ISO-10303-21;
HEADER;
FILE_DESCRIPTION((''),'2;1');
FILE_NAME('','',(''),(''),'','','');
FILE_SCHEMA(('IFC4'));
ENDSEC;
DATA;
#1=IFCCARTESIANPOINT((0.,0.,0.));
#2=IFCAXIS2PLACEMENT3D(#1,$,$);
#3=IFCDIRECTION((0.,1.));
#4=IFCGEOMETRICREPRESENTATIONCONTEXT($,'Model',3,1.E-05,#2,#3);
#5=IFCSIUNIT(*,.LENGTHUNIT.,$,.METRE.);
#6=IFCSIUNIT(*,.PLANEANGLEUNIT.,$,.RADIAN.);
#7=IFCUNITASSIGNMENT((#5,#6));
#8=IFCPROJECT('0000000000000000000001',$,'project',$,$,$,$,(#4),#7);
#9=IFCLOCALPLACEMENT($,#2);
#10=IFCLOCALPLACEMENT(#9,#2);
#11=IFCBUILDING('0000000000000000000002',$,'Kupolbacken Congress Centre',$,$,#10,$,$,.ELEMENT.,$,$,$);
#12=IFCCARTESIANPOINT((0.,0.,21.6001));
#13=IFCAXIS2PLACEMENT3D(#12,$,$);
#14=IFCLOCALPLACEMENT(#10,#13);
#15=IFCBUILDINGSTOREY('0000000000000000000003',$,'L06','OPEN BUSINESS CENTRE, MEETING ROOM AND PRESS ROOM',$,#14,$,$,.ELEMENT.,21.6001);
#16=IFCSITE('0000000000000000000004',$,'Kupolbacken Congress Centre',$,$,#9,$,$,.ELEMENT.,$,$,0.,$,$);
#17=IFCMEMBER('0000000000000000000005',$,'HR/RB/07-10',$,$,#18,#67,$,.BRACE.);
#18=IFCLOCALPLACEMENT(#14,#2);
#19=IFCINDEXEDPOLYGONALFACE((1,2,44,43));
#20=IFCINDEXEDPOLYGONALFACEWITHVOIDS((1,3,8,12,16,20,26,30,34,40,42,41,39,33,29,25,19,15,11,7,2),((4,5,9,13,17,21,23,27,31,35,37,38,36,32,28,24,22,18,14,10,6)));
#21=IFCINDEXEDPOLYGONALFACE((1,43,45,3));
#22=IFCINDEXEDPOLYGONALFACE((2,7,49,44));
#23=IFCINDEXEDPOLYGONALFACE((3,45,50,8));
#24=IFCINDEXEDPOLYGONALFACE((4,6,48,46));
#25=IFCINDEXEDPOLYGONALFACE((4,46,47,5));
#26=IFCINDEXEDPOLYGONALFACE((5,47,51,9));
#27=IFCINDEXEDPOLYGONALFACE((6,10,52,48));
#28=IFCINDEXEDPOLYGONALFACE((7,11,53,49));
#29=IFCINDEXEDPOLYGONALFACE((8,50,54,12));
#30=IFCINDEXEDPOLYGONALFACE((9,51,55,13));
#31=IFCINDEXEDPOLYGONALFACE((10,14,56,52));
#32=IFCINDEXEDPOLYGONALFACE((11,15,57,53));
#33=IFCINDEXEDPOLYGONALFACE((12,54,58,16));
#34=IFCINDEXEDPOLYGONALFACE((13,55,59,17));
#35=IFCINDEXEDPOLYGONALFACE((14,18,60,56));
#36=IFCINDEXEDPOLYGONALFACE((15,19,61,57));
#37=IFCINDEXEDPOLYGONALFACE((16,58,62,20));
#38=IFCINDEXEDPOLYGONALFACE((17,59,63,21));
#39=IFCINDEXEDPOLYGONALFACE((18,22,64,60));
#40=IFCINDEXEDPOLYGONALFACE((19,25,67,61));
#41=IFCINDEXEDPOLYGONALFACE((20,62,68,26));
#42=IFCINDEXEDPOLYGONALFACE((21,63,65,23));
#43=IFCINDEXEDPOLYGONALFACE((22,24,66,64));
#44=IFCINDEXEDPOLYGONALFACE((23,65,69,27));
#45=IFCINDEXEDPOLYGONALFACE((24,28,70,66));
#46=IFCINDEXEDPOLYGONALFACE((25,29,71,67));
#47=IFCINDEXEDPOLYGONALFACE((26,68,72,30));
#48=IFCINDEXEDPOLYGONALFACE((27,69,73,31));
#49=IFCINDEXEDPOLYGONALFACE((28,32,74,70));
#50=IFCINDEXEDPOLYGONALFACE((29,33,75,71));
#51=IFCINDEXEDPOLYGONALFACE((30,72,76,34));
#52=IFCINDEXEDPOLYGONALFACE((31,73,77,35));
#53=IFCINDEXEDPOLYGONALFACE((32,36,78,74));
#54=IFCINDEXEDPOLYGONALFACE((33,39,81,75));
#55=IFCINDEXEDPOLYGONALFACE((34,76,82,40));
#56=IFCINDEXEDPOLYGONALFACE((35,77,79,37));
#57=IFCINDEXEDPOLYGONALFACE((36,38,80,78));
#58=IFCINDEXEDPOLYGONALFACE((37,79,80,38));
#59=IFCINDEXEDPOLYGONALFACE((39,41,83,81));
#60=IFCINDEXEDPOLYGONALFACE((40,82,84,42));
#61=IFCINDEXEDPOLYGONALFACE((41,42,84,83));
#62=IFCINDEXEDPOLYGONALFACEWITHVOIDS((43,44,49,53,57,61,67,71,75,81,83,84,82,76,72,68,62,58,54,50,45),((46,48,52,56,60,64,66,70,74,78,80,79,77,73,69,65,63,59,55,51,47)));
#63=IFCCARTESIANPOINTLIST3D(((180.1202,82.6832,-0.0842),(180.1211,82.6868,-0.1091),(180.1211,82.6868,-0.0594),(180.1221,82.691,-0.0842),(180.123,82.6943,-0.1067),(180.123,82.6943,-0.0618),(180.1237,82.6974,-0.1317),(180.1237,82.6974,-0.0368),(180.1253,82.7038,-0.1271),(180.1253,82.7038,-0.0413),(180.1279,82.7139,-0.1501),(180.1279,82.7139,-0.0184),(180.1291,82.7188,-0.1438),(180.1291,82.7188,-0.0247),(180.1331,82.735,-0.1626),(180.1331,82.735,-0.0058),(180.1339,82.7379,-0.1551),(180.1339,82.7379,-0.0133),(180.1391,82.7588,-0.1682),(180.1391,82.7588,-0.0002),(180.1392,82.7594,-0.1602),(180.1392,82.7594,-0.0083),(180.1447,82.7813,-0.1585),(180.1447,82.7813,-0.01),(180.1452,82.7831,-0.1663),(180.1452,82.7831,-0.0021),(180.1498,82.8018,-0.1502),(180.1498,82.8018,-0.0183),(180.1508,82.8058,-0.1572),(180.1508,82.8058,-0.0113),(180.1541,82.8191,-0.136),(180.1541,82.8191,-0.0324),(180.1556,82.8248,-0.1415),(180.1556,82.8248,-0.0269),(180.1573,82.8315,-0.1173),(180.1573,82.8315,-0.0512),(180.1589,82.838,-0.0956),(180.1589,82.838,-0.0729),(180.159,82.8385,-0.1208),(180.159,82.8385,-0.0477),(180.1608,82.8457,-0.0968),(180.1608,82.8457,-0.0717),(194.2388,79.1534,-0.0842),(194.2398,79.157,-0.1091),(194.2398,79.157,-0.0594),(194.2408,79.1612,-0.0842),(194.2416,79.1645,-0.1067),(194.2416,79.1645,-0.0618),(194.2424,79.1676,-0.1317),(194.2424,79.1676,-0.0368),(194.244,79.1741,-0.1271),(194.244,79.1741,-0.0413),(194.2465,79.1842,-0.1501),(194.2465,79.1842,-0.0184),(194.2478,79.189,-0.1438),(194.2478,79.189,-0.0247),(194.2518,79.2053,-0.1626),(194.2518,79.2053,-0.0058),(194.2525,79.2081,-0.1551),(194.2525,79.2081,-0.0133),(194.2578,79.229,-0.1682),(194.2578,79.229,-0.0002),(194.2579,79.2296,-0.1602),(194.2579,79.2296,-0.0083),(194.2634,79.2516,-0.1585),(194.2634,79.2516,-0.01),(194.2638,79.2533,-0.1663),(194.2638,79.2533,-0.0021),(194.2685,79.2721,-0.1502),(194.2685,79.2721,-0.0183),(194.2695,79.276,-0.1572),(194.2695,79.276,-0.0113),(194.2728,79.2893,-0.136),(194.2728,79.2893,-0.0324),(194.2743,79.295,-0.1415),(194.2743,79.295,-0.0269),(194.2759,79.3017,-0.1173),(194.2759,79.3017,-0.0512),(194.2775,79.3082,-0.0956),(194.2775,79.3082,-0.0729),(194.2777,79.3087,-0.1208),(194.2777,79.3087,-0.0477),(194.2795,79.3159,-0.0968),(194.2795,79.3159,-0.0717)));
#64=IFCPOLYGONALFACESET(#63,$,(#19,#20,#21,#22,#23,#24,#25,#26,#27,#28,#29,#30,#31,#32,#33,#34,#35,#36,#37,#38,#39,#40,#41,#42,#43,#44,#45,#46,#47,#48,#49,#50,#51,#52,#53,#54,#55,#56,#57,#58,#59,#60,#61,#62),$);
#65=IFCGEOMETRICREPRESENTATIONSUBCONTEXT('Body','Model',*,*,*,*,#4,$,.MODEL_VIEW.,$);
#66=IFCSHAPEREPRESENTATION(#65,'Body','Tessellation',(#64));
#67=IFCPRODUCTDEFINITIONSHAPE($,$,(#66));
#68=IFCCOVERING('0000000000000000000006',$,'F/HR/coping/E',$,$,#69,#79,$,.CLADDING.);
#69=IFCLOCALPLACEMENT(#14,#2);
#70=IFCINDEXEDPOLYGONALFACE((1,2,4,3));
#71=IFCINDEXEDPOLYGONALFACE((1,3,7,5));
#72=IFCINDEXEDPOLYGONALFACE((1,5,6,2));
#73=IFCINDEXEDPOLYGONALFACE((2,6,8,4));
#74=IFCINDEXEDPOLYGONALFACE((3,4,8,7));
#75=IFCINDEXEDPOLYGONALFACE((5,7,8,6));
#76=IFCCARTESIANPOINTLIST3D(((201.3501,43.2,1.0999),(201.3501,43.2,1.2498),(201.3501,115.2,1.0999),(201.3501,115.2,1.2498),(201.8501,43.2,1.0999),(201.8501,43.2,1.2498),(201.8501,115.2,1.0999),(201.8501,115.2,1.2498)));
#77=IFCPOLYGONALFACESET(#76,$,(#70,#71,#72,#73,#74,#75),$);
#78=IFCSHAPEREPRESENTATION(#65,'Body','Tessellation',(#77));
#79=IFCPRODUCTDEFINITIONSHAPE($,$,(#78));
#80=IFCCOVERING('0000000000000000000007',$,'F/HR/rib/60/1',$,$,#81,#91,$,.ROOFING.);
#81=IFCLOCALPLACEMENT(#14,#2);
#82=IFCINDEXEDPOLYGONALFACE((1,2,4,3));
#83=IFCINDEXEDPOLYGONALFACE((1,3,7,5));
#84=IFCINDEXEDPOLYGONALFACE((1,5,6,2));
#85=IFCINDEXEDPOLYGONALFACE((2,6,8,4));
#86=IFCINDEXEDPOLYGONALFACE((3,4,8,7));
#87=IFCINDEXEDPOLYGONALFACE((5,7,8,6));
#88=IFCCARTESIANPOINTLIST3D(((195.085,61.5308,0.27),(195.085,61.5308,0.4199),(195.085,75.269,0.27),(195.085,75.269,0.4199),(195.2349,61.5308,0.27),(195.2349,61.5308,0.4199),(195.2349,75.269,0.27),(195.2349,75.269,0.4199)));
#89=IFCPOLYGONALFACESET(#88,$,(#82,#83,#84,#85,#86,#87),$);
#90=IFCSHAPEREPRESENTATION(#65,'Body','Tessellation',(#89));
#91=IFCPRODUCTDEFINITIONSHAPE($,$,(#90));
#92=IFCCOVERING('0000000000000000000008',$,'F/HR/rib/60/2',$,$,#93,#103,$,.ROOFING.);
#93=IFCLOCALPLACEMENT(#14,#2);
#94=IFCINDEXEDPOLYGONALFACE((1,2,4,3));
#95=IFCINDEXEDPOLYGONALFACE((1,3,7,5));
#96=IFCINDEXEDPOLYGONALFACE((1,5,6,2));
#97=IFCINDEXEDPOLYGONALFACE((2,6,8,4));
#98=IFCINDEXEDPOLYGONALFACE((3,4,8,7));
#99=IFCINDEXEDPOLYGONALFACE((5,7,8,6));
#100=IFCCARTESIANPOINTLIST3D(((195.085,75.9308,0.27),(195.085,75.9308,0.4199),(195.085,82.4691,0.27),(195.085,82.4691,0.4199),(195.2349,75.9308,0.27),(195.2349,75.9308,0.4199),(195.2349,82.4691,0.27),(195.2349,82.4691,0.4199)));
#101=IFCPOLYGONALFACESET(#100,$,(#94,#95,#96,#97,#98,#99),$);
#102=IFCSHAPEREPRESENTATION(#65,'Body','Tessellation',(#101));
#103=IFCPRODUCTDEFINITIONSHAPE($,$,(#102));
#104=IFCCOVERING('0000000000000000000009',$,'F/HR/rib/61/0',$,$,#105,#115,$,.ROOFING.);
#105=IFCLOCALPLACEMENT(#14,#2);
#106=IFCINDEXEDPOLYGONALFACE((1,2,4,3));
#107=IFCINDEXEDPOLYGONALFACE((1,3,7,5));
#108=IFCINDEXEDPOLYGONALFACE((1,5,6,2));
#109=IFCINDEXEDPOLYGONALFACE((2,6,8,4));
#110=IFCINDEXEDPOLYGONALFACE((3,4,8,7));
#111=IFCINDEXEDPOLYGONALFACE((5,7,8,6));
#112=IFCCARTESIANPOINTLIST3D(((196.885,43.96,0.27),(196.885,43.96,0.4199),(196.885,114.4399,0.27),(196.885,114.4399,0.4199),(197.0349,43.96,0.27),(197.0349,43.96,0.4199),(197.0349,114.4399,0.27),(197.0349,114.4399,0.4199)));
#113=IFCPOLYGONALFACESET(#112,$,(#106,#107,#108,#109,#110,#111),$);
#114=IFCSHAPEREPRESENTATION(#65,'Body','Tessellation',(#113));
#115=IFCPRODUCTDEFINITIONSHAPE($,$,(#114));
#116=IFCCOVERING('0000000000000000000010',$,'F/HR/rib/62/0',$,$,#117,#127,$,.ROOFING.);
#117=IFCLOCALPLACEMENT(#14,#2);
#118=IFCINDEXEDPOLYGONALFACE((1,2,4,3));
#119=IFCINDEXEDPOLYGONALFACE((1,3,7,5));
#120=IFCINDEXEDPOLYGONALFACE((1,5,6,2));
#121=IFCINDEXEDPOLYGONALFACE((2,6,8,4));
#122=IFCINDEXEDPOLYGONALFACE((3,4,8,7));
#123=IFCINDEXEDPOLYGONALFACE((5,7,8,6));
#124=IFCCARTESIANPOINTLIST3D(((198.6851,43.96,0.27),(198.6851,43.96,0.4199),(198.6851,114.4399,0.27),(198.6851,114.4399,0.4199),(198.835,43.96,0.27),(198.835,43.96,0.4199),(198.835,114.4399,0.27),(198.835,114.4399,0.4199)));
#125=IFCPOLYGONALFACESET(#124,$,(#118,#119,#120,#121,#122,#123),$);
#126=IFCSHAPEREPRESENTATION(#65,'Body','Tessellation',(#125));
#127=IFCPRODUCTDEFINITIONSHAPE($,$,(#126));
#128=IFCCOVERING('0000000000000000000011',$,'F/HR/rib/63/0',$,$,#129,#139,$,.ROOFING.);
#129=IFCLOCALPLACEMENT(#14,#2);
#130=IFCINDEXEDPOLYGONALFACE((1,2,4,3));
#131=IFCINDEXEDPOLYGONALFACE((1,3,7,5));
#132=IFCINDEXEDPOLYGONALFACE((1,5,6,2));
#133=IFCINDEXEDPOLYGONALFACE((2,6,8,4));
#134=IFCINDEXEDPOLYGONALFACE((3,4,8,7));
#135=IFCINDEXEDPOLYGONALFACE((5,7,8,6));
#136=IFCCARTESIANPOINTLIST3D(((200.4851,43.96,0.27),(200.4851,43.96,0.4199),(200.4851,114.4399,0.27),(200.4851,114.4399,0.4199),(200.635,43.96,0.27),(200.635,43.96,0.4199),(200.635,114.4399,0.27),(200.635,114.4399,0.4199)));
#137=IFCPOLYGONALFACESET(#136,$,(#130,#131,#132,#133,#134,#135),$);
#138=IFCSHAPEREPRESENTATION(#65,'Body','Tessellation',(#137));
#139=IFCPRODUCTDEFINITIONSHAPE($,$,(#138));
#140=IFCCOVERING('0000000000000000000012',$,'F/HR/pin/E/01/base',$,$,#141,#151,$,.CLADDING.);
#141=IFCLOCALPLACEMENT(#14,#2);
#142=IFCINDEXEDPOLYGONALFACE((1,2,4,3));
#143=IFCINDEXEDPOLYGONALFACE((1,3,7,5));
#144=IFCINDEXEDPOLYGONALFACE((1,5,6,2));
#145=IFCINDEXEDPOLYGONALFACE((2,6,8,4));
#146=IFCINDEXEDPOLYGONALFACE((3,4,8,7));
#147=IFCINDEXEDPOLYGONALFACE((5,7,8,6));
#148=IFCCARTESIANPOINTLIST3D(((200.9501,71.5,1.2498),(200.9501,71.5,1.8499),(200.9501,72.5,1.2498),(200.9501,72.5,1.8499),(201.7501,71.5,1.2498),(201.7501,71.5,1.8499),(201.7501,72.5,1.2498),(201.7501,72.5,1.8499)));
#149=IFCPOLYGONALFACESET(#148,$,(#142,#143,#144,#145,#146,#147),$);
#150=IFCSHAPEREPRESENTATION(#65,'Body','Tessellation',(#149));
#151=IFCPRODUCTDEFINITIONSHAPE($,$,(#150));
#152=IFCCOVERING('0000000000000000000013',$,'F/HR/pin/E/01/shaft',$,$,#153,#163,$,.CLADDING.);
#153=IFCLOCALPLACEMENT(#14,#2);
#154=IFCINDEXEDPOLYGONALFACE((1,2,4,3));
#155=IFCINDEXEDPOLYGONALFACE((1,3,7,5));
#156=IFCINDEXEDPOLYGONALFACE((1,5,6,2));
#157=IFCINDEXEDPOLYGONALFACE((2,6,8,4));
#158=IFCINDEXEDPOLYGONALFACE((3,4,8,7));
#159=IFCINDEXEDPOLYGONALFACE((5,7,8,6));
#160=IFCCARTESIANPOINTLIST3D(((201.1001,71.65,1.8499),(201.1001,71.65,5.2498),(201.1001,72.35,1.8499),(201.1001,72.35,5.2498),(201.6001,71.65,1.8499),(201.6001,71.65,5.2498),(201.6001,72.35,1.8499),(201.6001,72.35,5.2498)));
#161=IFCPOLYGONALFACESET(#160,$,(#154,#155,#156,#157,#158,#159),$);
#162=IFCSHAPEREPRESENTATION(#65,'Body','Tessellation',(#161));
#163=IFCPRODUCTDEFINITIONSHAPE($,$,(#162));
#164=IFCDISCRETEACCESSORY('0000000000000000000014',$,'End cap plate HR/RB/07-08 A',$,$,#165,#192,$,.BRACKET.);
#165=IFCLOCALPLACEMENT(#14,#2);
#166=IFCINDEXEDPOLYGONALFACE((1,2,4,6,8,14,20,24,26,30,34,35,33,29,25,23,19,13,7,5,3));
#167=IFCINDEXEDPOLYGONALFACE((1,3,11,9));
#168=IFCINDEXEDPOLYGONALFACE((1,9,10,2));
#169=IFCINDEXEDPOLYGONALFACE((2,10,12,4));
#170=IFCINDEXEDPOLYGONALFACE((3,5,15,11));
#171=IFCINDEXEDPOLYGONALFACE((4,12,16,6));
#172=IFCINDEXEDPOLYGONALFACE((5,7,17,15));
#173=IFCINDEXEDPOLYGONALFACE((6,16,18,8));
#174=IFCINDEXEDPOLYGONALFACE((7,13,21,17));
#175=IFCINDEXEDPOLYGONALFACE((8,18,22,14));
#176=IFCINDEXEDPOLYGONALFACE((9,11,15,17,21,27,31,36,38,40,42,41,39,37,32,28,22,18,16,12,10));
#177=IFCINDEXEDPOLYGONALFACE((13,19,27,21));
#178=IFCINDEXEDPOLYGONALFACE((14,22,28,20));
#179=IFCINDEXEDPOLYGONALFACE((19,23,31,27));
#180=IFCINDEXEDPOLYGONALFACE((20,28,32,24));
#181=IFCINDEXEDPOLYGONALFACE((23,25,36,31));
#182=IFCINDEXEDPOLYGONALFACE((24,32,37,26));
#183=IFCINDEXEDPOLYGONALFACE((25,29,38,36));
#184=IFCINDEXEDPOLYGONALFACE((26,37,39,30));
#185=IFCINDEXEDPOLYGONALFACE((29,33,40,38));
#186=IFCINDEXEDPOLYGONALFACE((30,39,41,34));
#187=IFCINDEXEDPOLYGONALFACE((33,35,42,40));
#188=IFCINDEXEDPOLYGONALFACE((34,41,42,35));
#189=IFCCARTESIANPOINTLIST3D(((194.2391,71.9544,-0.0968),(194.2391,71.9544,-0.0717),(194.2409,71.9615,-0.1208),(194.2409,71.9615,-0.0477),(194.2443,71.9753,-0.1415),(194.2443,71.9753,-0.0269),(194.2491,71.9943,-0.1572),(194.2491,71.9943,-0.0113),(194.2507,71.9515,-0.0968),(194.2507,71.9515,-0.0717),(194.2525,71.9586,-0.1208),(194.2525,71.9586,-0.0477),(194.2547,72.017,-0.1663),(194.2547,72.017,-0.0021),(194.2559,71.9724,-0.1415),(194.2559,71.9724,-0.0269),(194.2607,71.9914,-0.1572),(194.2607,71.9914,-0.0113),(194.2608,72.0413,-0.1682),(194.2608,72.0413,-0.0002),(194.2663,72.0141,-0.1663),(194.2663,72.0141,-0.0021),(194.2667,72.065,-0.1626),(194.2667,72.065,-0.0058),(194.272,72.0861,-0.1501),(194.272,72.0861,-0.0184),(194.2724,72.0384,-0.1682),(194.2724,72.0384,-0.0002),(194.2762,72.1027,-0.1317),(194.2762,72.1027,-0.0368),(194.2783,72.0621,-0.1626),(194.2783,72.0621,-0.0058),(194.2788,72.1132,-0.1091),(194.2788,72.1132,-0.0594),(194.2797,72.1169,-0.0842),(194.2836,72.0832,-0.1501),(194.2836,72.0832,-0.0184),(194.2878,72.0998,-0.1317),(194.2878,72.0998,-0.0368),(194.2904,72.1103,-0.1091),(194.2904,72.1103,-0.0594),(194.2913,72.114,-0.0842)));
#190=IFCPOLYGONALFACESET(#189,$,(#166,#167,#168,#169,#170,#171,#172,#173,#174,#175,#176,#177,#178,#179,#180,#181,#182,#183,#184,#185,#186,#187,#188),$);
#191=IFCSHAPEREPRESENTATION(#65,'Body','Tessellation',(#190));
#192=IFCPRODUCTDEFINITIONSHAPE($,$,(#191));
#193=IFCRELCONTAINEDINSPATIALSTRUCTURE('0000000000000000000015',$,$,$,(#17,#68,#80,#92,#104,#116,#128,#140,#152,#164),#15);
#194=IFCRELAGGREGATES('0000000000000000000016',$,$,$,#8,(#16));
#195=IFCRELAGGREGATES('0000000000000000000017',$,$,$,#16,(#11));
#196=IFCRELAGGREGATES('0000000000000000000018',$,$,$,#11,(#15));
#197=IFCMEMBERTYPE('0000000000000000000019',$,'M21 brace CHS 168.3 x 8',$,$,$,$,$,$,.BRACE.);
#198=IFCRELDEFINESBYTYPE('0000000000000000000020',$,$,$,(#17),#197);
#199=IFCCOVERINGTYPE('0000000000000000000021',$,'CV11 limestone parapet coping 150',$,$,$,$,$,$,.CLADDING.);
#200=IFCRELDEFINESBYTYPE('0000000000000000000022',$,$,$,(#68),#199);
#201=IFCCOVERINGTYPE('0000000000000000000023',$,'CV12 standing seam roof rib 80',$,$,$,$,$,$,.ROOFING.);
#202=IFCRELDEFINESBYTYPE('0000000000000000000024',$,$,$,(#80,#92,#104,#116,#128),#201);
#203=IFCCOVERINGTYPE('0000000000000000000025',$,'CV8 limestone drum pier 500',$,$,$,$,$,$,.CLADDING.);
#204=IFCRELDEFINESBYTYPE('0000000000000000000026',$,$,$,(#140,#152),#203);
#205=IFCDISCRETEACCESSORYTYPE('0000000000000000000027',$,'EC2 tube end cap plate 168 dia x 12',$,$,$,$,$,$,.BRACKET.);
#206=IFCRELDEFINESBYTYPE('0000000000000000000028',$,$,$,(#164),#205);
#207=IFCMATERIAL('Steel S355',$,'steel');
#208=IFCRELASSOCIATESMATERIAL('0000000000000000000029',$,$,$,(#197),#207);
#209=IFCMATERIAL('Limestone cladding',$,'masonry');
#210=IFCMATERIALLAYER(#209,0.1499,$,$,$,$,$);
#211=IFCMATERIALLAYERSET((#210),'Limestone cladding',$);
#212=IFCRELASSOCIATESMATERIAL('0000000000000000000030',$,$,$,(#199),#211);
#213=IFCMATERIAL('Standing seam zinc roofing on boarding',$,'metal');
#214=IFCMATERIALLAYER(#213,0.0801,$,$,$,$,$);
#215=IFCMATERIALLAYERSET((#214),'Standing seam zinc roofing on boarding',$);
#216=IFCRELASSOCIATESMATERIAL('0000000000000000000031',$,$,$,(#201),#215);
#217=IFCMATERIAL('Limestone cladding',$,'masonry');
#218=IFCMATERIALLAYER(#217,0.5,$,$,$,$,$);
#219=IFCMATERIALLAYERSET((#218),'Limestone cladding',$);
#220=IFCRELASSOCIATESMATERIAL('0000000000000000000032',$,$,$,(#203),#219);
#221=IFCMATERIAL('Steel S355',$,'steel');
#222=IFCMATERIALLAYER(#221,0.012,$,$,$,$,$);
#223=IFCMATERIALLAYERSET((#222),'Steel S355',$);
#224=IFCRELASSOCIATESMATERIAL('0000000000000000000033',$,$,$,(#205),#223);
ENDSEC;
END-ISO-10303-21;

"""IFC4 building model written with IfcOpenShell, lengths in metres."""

from ifc_helpers import new_model, si_unit, direction, frame, origin, origin_2d, place, context, subcontext, project, spatial, rectangle, circle, hollow_circle, extrude, material, layer, layer_set, material_profile, profile_set, type_object, element, save


model = new_model("IFC4")

# Units and contexts
model_context = context("Model", 3, precision=1e-05, world=origin(), true_north=direction((0.0, 1.0)))
body_context = subcontext(model_context, "Body", "Model", "MODEL_VIEW")
ifc_project = project(units=[si_unit("LENGTHUNIT", "METRE"), si_unit("PLANEANGLEUNIT", "RADIAN")], contexts=[model_context])

# Site, building, storey
site_placement = place(None, origin())
site = spatial("IfcSite", under=ifc_project, at=site_placement, Name="Kupolbacken Congress Centre", CompositionType="ELEMENT", RefElevation=0.0)
building_placement = place(site_placement, origin())
building = spatial("IfcBuilding", under=site, at=building_placement, Name="Kupolbacken Congress Centre", CompositionType="ELEMENT")
storey_placement = place(building_placement, frame((0.0, 0.0, 21.6001)))
storey = spatial("IfcBuildingStorey", under=building, at=storey_placement, Name="L06", Description="OPEN BUSINESS CENTRE, MEETING ROOM AND PRESS ROOM", CompositionType="ELEMENT", Elevation=21.6001)

# Member
ifc_material_1 = material(Name="Steel S355", Category="steel")
ifc_material_profile_1 = material_profile(ifc_material_1, hollow_circle(Radius=0.0842, WallThickness=0.0081, at=origin_2d()), Name="CHS 168.3 x 8")
ifc_profile_set_1 = profile_set([ifc_material_profile_1], Name="Steel S355")
member_type_1 = type_object("IfcMemberType", Name="M21 brace CHS 168.3 x 8", PredefinedType="BRACE", material=ifc_profile_set_1)
for number, where, z_axis, x_axis, name in (
    (1, (194.2593, 79.2351, -0.0842), (-0.970141, 0.242544, 0.0), (-0.242544, -0.970141, 0.0), "HR/RB/07-10"),
):
    element("IfcMember", number, at=place(storey_placement, frame(where, z_axis=z_axis, x_axis=x_axis)), inside=storey, type_object=member_type_1, Name=name, PredefinedType="BRACE", context=body_context, shape_type="SweptSolid", body=[
        extrude(hollow_circle(Radius=0.0842, WallThickness=0.0081, at=origin_2d()), origin(), (0.0, 0.0, 1.0), 14.5532),
    ])

# Coverings
ifc_material_2 = material(Name="Limestone cladding", Category="masonry")
ifc_layer_1 = layer(ifc_material_2, 0.1499)
ifc_layer_set_1 = layer_set([ifc_layer_1], Name="Limestone cladding")
covering_type_1 = type_object("IfcCoveringType", Name="CV11 limestone parapet coping 150", PredefinedType="CLADDING", material=ifc_layer_set_1)
covering_1_placement = place(storey_placement, frame((201.6001, 79.2, 1.0999), z_axis=(0.0, 0.0, 1.0), x_axis=(0.0, 1.0, 0.0)))
element("IfcCovering", 2, at=covering_1_placement, inside=storey, type_object=covering_type_1, Name="F/HR/coping/E", PredefinedType="CLADDING", context=body_context, shape_type="SweptSolid", body=[
    extrude(rectangle(XDim=72.0, YDim=0.5, at=origin_2d()), origin(), (0.0, 0.0, 1.0), 0.1499),
])
ifc_material_3 = material(Name="Standing seam zinc roofing on boarding", Category="metal")
ifc_layer_2 = layer(ifc_material_3, 0.0801)
ifc_layer_set_2 = layer_set([ifc_layer_2], Name="Standing seam zinc roofing on boarding")
covering_type_2 = type_object("IfcCoveringType", Name="CV12 standing seam roof rib 80", PredefinedType="ROOFING", material=ifc_layer_set_2)
covering_2_placement = place(storey_placement, frame((195.1599, 68.3999, 0.27), z_axis=(0.0, 0.0, 1.0), x_axis=(0.0, 1.0, 0.0)))
element("IfcCovering", 3, at=covering_2_placement, inside=storey, type_object=covering_type_2, Name="F/HR/rib/60/1", PredefinedType="ROOFING", context=body_context, shape_type="SweptSolid", body=[
    extrude(rectangle(XDim=13.7383, YDim=0.1499, at=origin_2d()), origin(), (0.0, 0.0, 1.0), 0.1499),
])
covering_3_placement = place(storey_placement, frame((195.1599, 79.2, 0.27), z_axis=(0.0, 0.0, 1.0), x_axis=(0.0, 1.0, 0.0)))
element("IfcCovering", 4, at=covering_3_placement, inside=storey, type_object=covering_type_2, Name="F/HR/rib/60/2", PredefinedType="ROOFING", context=body_context, shape_type="SweptSolid", body=[
    extrude(rectangle(XDim=6.5383, YDim=0.1499, at=origin_2d()), origin(), (0.0, 0.0, 1.0), 0.1499),
])
for number, where, z_axis, x_axis, name in (
    (5, (196.96, 79.2, 0.27), (0.0, 0.0, 1.0), (0.0, 1.0, 0.0), "F/HR/rib/61/0"),
    (6, (198.76, 79.2, 0.27), (0.0, 0.0, 1.0), (0.0, 1.0, 0.0), "F/HR/rib/62/0"),
    (7, (200.5601, 79.2, 0.27), (0.0, 0.0, 1.0), (0.0, 1.0, 0.0), "F/HR/rib/63/0"),
):
    element("IfcCovering", number, at=place(storey_placement, frame(where, z_axis=z_axis, x_axis=x_axis)), inside=storey, type_object=covering_type_2, Name=name, PredefinedType="ROOFING", context=body_context, shape_type="SweptSolid", body=[
        extrude(rectangle(XDim=70.48, YDim=0.1499, at=origin_2d()), origin(), (0.0, 0.0, 1.0), 0.1499),
    ])
ifc_material_4 = material(Name="Limestone cladding", Category="masonry")
ifc_layer_3 = layer(ifc_material_4, 0.5)
ifc_layer_set_3 = layer_set([ifc_layer_3], Name="Limestone cladding")
covering_type_3 = type_object("IfcCoveringType", Name="CV8 limestone drum pier 500", PredefinedType="CLADDING", material=ifc_layer_set_3)
covering_4_placement = place(storey_placement, frame((201.3501, 72.0, 1.2498), z_axis=(0.0, 0.0, 1.0), x_axis=(0.0, 1.0, 0.0)))
element("IfcCovering", 8, at=covering_4_placement, inside=storey, type_object=covering_type_3, Name="F/HR/pin/E/01/base", PredefinedType="CLADDING", context=body_context, shape_type="SweptSolid", body=[
    extrude(rectangle(XDim=1.0, YDim=0.8, at=origin_2d()), origin(), (0.0, 0.0, 1.0), 0.6001),
])
covering_5_placement = place(storey_placement, frame((201.3501, 72.0, 1.8499), z_axis=(0.0, 0.0, 1.0), x_axis=(0.0, 1.0, 0.0)))
element("IfcCovering", 9, at=covering_5_placement, inside=storey, type_object=covering_type_3, Name="F/HR/pin/E/01/shaft", PredefinedType="CLADDING", context=body_context, shape_type="SweptSolid", body=[
    extrude(rectangle(XDim=0.7, YDim=0.5, at=origin_2d()), origin(), (0.0, 0.0, 1.0), 3.3999),
])

# Discrete accessory
ifc_material_5 = material(Name="Steel S355", Category="steel")
ifc_layer_4 = layer(ifc_material_5, 0.012)
ifc_layer_set_4 = layer_set([ifc_layer_4], Name="Steel S355")
discrete_accessory_type = type_object("IfcDiscreteAccessoryType", Name="EC2 tube end cap plate 168 dia x 12", PredefinedType="BRACKET", material=ifc_layer_set_4)
for number, where, z_axis, x_axis, name in (
    (10, (194.2593, 72.0352, -0.0842), (0.970143, -0.242536, 0.0), (0.242536, 0.970143, 0.0), "End cap plate HR/RB/07-08 A"),
):
    element("IfcDiscreteAccessory", number, at=place(storey_placement, frame(where, z_axis=z_axis, x_axis=x_axis)), inside=storey, type_object=discrete_accessory_type, Name=name, PredefinedType="BRACKET", context=body_context, shape_type="SweptSolid", body=[
        extrude(circle(Radius=0.0842, at=origin_2d()), origin(), (0.0, 0.0, 1.0), 0.012),
    ])

save(model, "model.ifc")
